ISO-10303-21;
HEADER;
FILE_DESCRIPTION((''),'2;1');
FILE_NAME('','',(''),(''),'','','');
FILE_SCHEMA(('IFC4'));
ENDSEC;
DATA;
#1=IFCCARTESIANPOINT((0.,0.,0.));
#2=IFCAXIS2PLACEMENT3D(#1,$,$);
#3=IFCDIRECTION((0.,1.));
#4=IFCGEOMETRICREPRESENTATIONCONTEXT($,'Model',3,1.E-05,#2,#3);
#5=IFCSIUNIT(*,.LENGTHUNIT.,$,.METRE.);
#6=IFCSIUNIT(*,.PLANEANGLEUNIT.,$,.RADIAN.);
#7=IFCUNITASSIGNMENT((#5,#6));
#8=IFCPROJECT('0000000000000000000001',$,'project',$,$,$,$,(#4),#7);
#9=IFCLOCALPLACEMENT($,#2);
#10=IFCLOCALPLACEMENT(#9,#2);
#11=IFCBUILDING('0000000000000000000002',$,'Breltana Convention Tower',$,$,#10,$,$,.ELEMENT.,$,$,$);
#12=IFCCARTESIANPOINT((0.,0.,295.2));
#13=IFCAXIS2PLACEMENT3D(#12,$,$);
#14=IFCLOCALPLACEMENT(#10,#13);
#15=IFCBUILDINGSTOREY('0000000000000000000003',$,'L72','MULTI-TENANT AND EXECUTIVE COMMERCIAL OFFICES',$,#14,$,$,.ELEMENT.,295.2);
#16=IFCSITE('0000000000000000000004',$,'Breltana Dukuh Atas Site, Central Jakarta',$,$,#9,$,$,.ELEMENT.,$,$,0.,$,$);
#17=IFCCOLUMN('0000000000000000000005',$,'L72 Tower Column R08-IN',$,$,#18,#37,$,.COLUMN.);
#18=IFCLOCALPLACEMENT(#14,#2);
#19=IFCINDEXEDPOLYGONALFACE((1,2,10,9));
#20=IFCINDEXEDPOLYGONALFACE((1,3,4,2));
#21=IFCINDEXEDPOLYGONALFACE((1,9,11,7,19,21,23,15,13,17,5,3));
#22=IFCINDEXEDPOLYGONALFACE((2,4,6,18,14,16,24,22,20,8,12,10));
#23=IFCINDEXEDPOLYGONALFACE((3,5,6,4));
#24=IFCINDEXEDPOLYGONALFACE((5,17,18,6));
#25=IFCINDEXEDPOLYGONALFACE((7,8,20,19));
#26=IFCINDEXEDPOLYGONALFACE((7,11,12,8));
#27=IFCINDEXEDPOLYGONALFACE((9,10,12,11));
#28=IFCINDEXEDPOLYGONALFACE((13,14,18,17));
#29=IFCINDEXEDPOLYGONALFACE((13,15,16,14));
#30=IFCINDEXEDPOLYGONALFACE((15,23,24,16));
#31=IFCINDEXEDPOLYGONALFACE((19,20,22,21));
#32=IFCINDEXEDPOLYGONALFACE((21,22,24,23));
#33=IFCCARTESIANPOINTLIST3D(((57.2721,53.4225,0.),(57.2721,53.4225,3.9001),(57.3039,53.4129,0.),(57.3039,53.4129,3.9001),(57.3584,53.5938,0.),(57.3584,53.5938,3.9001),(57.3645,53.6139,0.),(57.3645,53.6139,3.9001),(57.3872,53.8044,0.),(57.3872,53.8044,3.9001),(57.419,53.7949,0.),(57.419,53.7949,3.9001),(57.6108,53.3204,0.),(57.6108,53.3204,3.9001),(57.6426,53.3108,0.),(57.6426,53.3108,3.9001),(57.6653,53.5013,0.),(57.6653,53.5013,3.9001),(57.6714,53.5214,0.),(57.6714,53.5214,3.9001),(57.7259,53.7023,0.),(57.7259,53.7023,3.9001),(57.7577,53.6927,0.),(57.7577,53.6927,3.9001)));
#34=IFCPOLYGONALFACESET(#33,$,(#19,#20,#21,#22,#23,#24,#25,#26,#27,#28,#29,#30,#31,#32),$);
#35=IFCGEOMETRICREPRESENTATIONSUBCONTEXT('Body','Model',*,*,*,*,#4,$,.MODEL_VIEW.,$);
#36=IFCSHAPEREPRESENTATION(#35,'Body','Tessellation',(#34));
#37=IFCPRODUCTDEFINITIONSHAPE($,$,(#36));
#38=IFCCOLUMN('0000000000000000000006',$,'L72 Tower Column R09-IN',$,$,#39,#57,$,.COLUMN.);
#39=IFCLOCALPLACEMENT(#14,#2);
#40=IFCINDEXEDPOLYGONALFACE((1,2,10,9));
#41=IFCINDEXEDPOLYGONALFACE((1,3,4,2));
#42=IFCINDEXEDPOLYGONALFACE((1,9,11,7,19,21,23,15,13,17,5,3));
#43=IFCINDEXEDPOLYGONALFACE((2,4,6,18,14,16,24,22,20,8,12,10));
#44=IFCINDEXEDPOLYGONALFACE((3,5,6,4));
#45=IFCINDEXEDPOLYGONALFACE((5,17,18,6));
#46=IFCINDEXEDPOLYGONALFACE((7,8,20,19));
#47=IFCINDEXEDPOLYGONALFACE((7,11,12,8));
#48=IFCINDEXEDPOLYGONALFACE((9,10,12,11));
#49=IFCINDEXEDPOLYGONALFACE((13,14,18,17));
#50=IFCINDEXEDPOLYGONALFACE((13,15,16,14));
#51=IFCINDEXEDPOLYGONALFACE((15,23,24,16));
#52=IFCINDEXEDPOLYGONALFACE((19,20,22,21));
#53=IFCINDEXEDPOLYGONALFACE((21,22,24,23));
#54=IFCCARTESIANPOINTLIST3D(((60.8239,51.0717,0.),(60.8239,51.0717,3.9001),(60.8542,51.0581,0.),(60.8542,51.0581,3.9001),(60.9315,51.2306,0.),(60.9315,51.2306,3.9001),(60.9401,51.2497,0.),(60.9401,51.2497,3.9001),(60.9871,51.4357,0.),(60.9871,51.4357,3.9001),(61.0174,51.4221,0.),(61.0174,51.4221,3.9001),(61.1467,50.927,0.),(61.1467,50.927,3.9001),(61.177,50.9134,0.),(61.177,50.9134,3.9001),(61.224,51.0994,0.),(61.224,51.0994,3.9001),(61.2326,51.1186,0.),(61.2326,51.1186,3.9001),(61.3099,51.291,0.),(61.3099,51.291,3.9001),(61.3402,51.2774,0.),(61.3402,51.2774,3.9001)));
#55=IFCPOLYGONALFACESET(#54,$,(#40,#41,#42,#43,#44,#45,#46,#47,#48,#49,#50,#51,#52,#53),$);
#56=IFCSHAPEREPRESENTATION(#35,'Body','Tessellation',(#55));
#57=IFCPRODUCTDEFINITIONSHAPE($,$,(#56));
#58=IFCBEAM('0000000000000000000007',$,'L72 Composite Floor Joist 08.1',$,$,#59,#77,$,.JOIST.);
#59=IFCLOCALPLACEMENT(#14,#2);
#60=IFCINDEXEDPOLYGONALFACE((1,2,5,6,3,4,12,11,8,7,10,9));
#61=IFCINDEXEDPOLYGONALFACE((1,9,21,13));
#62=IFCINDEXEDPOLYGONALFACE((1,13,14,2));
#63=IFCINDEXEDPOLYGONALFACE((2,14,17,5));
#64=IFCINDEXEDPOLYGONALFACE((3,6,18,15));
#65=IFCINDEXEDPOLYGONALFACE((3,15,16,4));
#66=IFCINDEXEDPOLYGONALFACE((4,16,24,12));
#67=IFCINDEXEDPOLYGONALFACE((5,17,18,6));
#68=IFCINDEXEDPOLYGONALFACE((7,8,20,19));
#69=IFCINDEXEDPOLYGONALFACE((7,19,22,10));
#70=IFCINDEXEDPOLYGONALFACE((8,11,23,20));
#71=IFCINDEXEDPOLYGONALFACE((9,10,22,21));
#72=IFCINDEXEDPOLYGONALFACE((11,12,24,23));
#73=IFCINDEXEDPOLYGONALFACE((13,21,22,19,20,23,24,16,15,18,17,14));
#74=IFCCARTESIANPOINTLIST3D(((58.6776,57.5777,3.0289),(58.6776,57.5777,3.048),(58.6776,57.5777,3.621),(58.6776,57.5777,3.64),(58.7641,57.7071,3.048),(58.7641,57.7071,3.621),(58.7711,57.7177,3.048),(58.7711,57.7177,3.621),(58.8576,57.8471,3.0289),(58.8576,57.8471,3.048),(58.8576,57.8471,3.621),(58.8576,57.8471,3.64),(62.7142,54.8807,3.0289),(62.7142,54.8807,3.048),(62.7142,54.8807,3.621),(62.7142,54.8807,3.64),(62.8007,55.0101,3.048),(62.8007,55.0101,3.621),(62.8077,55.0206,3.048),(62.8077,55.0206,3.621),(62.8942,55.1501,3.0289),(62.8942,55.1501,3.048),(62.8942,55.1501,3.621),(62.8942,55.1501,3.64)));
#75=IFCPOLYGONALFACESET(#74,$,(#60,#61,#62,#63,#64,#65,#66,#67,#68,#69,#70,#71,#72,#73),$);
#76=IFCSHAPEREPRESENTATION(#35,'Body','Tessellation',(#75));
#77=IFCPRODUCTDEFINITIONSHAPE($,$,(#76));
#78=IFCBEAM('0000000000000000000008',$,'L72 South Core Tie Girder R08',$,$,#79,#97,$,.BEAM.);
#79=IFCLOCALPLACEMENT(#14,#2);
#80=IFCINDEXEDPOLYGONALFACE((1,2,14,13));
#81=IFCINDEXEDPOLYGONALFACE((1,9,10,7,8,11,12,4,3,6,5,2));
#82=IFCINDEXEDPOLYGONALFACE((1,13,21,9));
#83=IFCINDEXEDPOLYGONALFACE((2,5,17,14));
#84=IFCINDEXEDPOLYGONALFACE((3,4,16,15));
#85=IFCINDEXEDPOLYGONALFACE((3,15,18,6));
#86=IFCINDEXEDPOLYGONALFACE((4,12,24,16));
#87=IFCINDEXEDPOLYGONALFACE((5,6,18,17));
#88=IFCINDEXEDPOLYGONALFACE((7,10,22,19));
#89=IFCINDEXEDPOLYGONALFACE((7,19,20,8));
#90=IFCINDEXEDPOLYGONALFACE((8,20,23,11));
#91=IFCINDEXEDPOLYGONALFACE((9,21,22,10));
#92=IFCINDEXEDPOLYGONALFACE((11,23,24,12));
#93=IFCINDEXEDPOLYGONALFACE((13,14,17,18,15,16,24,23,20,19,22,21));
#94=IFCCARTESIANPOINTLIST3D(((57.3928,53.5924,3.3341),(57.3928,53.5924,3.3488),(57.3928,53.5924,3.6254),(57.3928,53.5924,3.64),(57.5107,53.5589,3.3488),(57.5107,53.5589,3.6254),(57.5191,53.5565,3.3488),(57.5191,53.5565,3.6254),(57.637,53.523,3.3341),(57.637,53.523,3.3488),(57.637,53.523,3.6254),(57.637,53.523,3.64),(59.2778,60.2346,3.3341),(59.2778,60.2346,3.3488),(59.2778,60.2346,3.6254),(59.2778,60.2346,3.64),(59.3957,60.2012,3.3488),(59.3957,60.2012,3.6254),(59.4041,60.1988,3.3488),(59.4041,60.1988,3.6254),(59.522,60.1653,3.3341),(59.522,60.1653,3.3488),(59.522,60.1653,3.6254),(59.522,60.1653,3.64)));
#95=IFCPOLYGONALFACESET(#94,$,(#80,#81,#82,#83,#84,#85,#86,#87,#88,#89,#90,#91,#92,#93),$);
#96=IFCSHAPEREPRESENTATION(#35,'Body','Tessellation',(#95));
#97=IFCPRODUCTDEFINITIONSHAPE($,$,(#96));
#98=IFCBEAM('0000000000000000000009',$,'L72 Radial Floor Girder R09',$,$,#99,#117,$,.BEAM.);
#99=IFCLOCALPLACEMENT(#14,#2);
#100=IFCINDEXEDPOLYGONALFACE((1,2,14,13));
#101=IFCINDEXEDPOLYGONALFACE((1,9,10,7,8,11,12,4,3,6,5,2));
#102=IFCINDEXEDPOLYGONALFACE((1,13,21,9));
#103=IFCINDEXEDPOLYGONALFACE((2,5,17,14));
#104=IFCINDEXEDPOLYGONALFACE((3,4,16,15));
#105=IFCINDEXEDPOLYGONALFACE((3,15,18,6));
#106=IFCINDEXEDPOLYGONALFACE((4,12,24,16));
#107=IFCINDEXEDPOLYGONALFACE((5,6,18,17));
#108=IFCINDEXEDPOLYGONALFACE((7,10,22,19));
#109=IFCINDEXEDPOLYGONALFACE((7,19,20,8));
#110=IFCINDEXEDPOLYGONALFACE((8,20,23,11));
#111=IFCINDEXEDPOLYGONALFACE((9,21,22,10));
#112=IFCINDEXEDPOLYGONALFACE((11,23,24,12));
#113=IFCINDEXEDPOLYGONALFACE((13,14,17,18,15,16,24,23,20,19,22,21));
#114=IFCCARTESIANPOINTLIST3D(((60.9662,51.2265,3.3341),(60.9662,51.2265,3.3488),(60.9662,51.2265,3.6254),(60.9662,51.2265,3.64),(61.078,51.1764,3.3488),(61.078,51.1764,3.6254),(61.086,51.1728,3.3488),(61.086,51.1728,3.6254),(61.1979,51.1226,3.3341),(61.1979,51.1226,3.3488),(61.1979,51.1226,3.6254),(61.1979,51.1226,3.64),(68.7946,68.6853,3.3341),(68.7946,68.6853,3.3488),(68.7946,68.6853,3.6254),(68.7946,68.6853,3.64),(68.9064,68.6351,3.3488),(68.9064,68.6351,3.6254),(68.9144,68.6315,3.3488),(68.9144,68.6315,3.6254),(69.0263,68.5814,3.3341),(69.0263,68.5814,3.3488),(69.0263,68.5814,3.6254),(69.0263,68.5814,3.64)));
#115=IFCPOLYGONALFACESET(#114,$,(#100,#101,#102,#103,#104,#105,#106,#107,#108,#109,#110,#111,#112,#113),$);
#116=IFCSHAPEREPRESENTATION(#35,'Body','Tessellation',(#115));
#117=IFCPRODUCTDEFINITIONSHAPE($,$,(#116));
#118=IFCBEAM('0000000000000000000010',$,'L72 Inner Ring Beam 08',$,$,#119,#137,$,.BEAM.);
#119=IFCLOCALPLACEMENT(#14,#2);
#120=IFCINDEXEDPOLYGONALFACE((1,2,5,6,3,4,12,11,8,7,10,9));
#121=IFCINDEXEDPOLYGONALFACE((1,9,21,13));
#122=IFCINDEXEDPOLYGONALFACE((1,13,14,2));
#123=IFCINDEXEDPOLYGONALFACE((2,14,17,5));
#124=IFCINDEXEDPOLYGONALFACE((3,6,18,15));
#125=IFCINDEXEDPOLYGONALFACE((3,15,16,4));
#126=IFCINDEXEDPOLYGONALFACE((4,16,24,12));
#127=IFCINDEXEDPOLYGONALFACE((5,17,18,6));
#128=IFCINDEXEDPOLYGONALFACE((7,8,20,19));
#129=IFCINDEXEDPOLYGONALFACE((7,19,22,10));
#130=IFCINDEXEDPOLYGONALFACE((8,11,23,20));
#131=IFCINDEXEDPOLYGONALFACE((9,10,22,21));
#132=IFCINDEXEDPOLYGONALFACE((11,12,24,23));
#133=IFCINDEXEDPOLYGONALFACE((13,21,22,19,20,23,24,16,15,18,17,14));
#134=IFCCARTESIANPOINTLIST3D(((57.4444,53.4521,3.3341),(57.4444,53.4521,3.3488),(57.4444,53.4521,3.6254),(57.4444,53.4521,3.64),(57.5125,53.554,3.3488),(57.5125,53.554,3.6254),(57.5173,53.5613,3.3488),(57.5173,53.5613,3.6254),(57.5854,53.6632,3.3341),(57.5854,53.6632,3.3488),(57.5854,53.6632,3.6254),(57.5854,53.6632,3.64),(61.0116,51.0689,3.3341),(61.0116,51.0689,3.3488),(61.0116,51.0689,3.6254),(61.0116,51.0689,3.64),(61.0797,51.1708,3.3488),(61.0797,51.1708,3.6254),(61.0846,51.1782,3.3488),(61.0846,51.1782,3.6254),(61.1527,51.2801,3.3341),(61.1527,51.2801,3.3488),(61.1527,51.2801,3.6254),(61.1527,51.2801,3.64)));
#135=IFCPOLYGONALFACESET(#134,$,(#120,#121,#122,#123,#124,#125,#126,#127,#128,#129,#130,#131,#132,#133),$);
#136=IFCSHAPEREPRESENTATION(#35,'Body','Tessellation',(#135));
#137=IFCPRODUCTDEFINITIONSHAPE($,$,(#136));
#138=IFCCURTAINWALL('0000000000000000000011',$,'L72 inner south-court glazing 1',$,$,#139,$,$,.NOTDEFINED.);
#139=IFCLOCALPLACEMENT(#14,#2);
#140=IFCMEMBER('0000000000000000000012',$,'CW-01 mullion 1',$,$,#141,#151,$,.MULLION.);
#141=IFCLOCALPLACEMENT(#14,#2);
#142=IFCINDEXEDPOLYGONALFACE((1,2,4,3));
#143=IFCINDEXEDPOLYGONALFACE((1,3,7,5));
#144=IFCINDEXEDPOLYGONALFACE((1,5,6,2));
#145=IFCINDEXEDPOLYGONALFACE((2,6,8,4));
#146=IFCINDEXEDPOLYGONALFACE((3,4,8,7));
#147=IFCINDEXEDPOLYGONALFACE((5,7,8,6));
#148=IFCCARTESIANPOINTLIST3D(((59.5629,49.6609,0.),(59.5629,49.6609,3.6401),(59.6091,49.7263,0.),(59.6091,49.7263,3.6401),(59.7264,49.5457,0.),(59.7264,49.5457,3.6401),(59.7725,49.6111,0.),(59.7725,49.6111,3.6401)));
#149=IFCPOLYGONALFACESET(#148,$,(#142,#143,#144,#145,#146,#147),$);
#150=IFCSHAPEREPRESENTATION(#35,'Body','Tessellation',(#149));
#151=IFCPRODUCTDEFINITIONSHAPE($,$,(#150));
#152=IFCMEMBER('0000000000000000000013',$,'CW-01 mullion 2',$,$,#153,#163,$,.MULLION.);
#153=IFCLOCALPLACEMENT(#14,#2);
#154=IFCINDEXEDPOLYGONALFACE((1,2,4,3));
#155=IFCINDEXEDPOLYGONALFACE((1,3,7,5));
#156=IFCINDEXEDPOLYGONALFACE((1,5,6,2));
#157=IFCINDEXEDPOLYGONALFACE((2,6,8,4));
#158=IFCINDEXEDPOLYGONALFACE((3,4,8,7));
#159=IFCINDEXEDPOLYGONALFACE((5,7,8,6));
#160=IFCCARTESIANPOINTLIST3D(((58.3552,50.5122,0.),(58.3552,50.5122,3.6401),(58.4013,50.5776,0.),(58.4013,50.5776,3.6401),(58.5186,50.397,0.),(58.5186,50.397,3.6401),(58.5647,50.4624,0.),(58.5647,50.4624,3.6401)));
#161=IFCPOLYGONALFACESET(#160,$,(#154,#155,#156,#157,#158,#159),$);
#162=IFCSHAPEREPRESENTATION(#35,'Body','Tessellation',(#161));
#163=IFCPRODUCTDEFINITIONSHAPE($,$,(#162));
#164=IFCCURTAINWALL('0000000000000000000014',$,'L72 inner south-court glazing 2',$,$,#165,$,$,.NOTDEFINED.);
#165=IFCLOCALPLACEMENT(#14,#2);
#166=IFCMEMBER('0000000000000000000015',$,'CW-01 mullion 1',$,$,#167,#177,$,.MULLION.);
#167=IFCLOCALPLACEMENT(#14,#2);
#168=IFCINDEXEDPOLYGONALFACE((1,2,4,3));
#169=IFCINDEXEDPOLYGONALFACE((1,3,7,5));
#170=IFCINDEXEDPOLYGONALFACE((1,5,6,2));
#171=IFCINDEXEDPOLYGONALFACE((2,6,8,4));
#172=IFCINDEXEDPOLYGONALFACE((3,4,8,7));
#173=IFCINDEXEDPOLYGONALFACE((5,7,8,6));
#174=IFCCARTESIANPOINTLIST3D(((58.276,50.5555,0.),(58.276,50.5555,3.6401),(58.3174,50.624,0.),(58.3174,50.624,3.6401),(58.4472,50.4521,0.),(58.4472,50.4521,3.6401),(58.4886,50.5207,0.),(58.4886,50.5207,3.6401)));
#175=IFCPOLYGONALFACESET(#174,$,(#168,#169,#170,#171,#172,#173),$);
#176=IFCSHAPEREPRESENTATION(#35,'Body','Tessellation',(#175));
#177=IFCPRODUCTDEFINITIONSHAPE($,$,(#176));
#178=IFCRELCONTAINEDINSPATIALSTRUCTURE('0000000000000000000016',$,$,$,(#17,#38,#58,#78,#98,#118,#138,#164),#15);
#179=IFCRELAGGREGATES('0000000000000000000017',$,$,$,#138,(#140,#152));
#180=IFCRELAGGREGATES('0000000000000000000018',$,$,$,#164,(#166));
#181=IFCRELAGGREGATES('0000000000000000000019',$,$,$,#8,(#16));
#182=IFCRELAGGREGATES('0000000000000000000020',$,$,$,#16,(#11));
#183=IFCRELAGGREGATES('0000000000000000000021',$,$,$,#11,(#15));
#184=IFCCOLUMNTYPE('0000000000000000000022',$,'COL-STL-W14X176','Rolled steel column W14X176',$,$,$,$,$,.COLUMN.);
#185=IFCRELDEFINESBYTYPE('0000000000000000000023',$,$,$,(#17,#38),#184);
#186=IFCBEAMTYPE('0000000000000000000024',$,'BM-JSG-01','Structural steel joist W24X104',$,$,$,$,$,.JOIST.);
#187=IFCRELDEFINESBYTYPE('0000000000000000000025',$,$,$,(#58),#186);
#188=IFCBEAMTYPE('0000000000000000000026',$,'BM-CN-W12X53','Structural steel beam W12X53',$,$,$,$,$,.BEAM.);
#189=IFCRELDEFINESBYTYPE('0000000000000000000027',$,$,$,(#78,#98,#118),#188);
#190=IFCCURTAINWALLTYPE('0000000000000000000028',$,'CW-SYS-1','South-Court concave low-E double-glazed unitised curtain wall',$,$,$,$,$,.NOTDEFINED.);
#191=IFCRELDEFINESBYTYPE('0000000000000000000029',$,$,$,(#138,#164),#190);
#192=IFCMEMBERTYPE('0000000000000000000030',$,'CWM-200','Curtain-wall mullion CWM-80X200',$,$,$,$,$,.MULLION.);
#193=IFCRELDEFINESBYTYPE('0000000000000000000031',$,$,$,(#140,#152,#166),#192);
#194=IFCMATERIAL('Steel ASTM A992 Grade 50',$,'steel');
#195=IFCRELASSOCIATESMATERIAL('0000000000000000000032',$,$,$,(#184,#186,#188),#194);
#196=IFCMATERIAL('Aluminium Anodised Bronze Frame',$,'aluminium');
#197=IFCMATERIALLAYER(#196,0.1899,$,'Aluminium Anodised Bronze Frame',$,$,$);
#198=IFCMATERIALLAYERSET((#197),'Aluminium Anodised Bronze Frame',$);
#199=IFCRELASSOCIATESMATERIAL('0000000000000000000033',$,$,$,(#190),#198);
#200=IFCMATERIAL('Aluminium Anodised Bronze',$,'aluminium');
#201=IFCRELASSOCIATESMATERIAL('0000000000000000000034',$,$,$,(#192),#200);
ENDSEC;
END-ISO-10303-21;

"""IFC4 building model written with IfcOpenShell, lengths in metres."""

from ifc_helpers import new_model, si_unit, direction, frame, origin, origin_2d, place, context, subcontext, project, spatial, rectangle, i_section, extrude, source, transform, mapped, material, layer, layer_set, material_profile, profile_set, type_object, element, aggregate, save


model = new_model("IFC4")

# Units and contexts
model_context = context("Model", 3, precision=1e-05, world=origin(), true_north=direction((0.0, 1.0)))
body_context = subcontext(model_context, "Body", "Model", "MODEL_VIEW")
ifc_project = project(units=[si_unit("LENGTHUNIT", "METRE"), si_unit("PLANEANGLEUNIT", "RADIAN")], contexts=[model_context])

# Site, building, storey
site_placement = place(None, origin())
site = spatial("IfcSite", under=ifc_project, at=site_placement, Name="Breltana Dukuh Atas Site, Central Jakarta", CompositionType="ELEMENT", RefElevation=0.0)
building_placement = place(site_placement, origin())
building = spatial("IfcBuilding", under=site, at=building_placement, Name="Breltana Convention Tower", CompositionType="ELEMENT")
storey_placement = place(building_placement, frame((0.0, 0.0, 295.2)))
storey = spatial("IfcBuildingStorey", under=building, at=storey_placement, Name="L72", Description="MULTI-TENANT AND EXECUTIVE COMMERCIAL OFFICES", CompositionType="ELEMENT", Elevation=295.2)

# Columns
ifc_material_1 = material(Name="Steel ASTM A992 Grade 50", Category="steel")
ifc_material_profile_1 = material_profile(ifc_material_1, i_section(OverallWidth=0.3989, OverallDepth=0.387, WebThickness=0.021, FlangeThickness=0.0332, at=origin_2d()), Name="W14X176")
ifc_profile_set_1 = profile_set([ifc_material_profile_1], Name="Steel ASTM A992 Grade 50")
column_type = type_object("IfcColumnType", Name="COL-STL-W14X176", Description="Rolled steel column W14X176", PredefinedType="COLUMN", material=ifc_profile_set_1)
shared_shape_1 = source(origin(), body_context, "Body", "SweptSolid", [
    extrude(i_section(OverallWidth=0.3989, OverallDepth=0.387, WebThickness=0.021, FlangeThickness=0.0332, at=origin_2d()), origin(), (0.0, 0.0, 1.0), 3.9001),
])
for number, where, z_axis, x_axis, name in (
    (1, (57.5149, 53.5576, 0.0), (0.0, 0.0, 1.0), (0.288698, 0.95742, 0.0), "L72 Tower Column R08-IN"),
    (2, (61.082, 51.1746, 0.0), (0.0, 0.0, 1.0), (0.409127, 0.912477, 0.0), "L72 Tower Column R09-IN"),
):
    element("IfcColumn", number, at=place(storey_placement, frame(where, z_axis=z_axis, x_axis=x_axis)), inside=storey, type_object=column_type, Name=name, PredefinedType="COLUMN", context=body_context, shape_type="MappedRepresentation", body=[
        mapped(shared_shape_1, transform((0.0, 0.0, 0.0), scale=1.0)),
    ])

# Beams
ifc_material_profile_2 = material_profile(ifc_material_1, i_section(OverallWidth=0.324, OverallDepth=0.6111, WebThickness=0.0127, FlangeThickness=0.019, at=origin_2d()), Name="W24X104")
ifc_profile_set_2 = profile_set([ifc_material_profile_2], Name="Steel ASTM A992 Grade 50")
beam_type_1 = type_object("IfcBeamType", Name="BM-JSG-01", Description="Structural steel joist W24X104", PredefinedType="JOIST", material=ifc_profile_set_2)
shared_shape_2 = source(origin(), body_context, "Body", "SweptSolid", [
    extrude(i_section(OverallWidth=0.324, OverallDepth=0.6111, WebThickness=0.0127, FlangeThickness=0.019, at=origin_2d()), origin(), (0.0, 0.0, 1.0), 4.8547),
])
beam_1_placement = place(storey_placement, frame((58.7676, 57.7124, 3.3345), z_axis=(0.831485, -0.555547, 0.0), x_axis=(0.555547, 0.831485, 0.0)))
element("IfcBeam", 3, at=beam_1_placement, inside=storey, type_object=beam_type_1, Name="L72 Composite Floor Joist 08.1", PredefinedType="JOIST", context=body_context, shape_type="MappedRepresentation", body=[
    mapped(shared_shape_2, transform((0.0, 0.0, 0.0), scale=1.0)),
])
ifc_material_profile_3 = material_profile(ifc_material_1, i_section(OverallWidth=0.2539, OverallDepth=0.3059, WebThickness=0.0088, FlangeThickness=0.0146, at=origin_2d()), Name="W12X53")
ifc_profile_set_3 = profile_set([ifc_material_profile_3], Name="Steel ASTM A992 Grade 50")
beam_type_2 = type_object("IfcBeamType", Name="BM-CN-W12X53", Description="Structural steel beam W12X53", PredefinedType="BEAM", material=ifc_profile_set_3)
shared_shape_3 = source(origin(), body_context, "Body", "SweptSolid", [
    extrude(i_section(OverallWidth=0.2539, OverallDepth=0.3059, WebThickness=0.0088, FlangeThickness=0.0146, at=origin_2d()), origin(), (0.0, 0.0, 1.0), 6.9045),
])
beam_2_placement = place(storey_placement, frame((59.3999, 60.2, 3.4871), z_axis=(-0.273007, -0.962012, 0.0), x_axis=(0.962012, -0.273007, 0.0)))
element("IfcBeam", 4, at=beam_2_placement, inside=storey, type_object=beam_type_2, Name="L72 South Core Tie Girder R08", PredefinedType="BEAM", context=body_context, shape_type="MappedRepresentation", body=[
    mapped(shared_shape_3, transform((0.0, 0.0, 0.0), scale=1.0)),
])
shared_shape_4 = source(origin(), body_context, "Body", "SweptSolid", [
    extrude(i_section(OverallWidth=0.2539, OverallDepth=0.3059, WebThickness=0.0088, FlangeThickness=0.0146, at=origin_2d()), origin(), (0.0, 0.0, 1.0), 19.1335),
])
beam_3_placement = place(storey_placement, frame((61.082, 51.1746, 3.4871), z_axis=(0.409145, 0.91247, 0.0), x_axis=(-0.91247, 0.409145, 0.0)))
element("IfcBeam", 5, at=beam_3_placement, inside=storey, type_object=beam_type_2, Name="L72 Radial Floor Girder R09", PredefinedType="BEAM", context=body_context, shape_type="MappedRepresentation", body=[
    mapped(shared_shape_4, transform((0.0, 0.0, 0.0), scale=1.0)),
])
shared_shape_5 = source(origin(), body_context, "Body", "SweptSolid", [
    extrude(i_section(OverallWidth=0.2539, OverallDepth=0.3059, WebThickness=0.0088, FlangeThickness=0.0146, at=origin_2d()), origin(), (0.0, 0.0, 1.0), 4.29),
])
beam_4_placement = place(storey_placement, frame((57.5149, 53.5576, 3.4871), z_axis=(0.831516, -0.555501, 0.0), x_axis=(0.555501, 0.831516, 0.0)))
element("IfcBeam", 6, at=beam_4_placement, inside=storey, type_object=beam_type_2, Name="L72 Inner Ring Beam 08", PredefinedType="BEAM", context=body_context, shape_type="MappedRepresentation", body=[
    mapped(shared_shape_5, transform((0.0, 0.0, 0.0), scale=1.0)),
])

# Curtain walls, members
ifc_material_2 = material(Name="Aluminium Anodised Bronze Frame", Category="aluminium")
ifc_layer_1 = layer(ifc_material_2, 0.1899, Name="Aluminium Anodised Bronze Frame")
ifc_layer_set_1 = layer_set([ifc_layer_1], Name="Aluminium Anodised Bronze Frame")
curtain_wall_type = type_object("IfcCurtainWallType", Name="CW-SYS-1", Description="South-Court concave low-E double-glazed unitised curtain wall", PredefinedType="NOTDEFINED", material=ifc_layer_set_1)
curtain_wall_1_placement = place(storey_placement, origin())
curtain_wall_1 = element("IfcCurtainWall", 7, at=curtain_wall_1_placement, inside=storey, type_object=curtain_wall_type, Name="L72 inner south-court glazing 1", PredefinedType="NOTDEFINED")
ifc_material_3 = material(Name="Aluminium Anodised Bronze", Category="aluminium")
ifc_material_profile_4 = material_profile(ifc_material_3, rectangle(XDim=0.0801, YDim=0.2, at=origin_2d()), Name="CWM-80X200")
ifc_profile_set_4 = profile_set([ifc_material_profile_4], Name="Aluminium Anodised Bronze")
member_type_1 = type_object("IfcMemberType", Name="CWM-200", Description="Curtain-wall mullion CWM-80X200", PredefinedType="MULLION", material=ifc_profile_set_4)
shared_shape_6 = source(origin(), body_context, "Body", "SweptSolid", [
    extrude(rectangle(XDim=0.0801, YDim=0.2, at=origin_2d()), origin(), (0.0, 0.0, 1.0), 3.6401),
])
member_1_placement = place(storey_placement, frame((59.6677, 49.636, 0.0), z_axis=(0.0, 0.0, 1.0), x_axis=(-0.576174, -0.817327, 0.0)))
member_1 = element("IfcMember", 8, at=member_1_placement, type_object=member_type_1, Name="CW-01 mullion 1", PredefinedType="MULLION", context=body_context, shape_type="MappedRepresentation", body=[
    mapped(shared_shape_6, transform((0.0, 0.0, 0.0), scale=1.0)),
])
member_2_placement = place(storey_placement, frame((58.46, 50.4873, 0.0), z_axis=(0.0, 0.0, 1.0), x_axis=(-0.576174, -0.817327, 0.0)))
member_2 = element("IfcMember", 9, at=member_2_placement, type_object=member_type_1, Name="CW-01 mullion 2", PredefinedType="MULLION", context=body_context, shape_type="MappedRepresentation", body=[
    mapped(shared_shape_6, transform((0.0, 0.0, 0.0), scale=1.0)),
])
curtain_wall_2_placement = place(storey_placement, origin())
curtain_wall_2 = element("IfcCurtainWall", 10, at=curtain_wall_2_placement, inside=storey, type_object=curtain_wall_type, Name="L72 inner south-court glazing 2", PredefinedType="NOTDEFINED")
member_3_placement = place(storey_placement, frame((58.3823, 50.5381, 0.0), z_axis=(0.0, 0.0, 1.0), x_axis=(-0.516827, -0.85609, 0.0)))
member_3 = element("IfcMember", 11, at=member_3_placement, type_object=member_type_1, Name="CW-01 mullion 1", PredefinedType="MULLION", context=body_context, shape_type="MappedRepresentation", body=[
    mapped(shared_shape_6, transform((0.0, 0.0, 0.0), scale=1.0)),
])

aggregate(curtain_wall_1, [member_1, member_2])
aggregate(curtain_wall_2, [member_3])

save(model, "model.ifc")
